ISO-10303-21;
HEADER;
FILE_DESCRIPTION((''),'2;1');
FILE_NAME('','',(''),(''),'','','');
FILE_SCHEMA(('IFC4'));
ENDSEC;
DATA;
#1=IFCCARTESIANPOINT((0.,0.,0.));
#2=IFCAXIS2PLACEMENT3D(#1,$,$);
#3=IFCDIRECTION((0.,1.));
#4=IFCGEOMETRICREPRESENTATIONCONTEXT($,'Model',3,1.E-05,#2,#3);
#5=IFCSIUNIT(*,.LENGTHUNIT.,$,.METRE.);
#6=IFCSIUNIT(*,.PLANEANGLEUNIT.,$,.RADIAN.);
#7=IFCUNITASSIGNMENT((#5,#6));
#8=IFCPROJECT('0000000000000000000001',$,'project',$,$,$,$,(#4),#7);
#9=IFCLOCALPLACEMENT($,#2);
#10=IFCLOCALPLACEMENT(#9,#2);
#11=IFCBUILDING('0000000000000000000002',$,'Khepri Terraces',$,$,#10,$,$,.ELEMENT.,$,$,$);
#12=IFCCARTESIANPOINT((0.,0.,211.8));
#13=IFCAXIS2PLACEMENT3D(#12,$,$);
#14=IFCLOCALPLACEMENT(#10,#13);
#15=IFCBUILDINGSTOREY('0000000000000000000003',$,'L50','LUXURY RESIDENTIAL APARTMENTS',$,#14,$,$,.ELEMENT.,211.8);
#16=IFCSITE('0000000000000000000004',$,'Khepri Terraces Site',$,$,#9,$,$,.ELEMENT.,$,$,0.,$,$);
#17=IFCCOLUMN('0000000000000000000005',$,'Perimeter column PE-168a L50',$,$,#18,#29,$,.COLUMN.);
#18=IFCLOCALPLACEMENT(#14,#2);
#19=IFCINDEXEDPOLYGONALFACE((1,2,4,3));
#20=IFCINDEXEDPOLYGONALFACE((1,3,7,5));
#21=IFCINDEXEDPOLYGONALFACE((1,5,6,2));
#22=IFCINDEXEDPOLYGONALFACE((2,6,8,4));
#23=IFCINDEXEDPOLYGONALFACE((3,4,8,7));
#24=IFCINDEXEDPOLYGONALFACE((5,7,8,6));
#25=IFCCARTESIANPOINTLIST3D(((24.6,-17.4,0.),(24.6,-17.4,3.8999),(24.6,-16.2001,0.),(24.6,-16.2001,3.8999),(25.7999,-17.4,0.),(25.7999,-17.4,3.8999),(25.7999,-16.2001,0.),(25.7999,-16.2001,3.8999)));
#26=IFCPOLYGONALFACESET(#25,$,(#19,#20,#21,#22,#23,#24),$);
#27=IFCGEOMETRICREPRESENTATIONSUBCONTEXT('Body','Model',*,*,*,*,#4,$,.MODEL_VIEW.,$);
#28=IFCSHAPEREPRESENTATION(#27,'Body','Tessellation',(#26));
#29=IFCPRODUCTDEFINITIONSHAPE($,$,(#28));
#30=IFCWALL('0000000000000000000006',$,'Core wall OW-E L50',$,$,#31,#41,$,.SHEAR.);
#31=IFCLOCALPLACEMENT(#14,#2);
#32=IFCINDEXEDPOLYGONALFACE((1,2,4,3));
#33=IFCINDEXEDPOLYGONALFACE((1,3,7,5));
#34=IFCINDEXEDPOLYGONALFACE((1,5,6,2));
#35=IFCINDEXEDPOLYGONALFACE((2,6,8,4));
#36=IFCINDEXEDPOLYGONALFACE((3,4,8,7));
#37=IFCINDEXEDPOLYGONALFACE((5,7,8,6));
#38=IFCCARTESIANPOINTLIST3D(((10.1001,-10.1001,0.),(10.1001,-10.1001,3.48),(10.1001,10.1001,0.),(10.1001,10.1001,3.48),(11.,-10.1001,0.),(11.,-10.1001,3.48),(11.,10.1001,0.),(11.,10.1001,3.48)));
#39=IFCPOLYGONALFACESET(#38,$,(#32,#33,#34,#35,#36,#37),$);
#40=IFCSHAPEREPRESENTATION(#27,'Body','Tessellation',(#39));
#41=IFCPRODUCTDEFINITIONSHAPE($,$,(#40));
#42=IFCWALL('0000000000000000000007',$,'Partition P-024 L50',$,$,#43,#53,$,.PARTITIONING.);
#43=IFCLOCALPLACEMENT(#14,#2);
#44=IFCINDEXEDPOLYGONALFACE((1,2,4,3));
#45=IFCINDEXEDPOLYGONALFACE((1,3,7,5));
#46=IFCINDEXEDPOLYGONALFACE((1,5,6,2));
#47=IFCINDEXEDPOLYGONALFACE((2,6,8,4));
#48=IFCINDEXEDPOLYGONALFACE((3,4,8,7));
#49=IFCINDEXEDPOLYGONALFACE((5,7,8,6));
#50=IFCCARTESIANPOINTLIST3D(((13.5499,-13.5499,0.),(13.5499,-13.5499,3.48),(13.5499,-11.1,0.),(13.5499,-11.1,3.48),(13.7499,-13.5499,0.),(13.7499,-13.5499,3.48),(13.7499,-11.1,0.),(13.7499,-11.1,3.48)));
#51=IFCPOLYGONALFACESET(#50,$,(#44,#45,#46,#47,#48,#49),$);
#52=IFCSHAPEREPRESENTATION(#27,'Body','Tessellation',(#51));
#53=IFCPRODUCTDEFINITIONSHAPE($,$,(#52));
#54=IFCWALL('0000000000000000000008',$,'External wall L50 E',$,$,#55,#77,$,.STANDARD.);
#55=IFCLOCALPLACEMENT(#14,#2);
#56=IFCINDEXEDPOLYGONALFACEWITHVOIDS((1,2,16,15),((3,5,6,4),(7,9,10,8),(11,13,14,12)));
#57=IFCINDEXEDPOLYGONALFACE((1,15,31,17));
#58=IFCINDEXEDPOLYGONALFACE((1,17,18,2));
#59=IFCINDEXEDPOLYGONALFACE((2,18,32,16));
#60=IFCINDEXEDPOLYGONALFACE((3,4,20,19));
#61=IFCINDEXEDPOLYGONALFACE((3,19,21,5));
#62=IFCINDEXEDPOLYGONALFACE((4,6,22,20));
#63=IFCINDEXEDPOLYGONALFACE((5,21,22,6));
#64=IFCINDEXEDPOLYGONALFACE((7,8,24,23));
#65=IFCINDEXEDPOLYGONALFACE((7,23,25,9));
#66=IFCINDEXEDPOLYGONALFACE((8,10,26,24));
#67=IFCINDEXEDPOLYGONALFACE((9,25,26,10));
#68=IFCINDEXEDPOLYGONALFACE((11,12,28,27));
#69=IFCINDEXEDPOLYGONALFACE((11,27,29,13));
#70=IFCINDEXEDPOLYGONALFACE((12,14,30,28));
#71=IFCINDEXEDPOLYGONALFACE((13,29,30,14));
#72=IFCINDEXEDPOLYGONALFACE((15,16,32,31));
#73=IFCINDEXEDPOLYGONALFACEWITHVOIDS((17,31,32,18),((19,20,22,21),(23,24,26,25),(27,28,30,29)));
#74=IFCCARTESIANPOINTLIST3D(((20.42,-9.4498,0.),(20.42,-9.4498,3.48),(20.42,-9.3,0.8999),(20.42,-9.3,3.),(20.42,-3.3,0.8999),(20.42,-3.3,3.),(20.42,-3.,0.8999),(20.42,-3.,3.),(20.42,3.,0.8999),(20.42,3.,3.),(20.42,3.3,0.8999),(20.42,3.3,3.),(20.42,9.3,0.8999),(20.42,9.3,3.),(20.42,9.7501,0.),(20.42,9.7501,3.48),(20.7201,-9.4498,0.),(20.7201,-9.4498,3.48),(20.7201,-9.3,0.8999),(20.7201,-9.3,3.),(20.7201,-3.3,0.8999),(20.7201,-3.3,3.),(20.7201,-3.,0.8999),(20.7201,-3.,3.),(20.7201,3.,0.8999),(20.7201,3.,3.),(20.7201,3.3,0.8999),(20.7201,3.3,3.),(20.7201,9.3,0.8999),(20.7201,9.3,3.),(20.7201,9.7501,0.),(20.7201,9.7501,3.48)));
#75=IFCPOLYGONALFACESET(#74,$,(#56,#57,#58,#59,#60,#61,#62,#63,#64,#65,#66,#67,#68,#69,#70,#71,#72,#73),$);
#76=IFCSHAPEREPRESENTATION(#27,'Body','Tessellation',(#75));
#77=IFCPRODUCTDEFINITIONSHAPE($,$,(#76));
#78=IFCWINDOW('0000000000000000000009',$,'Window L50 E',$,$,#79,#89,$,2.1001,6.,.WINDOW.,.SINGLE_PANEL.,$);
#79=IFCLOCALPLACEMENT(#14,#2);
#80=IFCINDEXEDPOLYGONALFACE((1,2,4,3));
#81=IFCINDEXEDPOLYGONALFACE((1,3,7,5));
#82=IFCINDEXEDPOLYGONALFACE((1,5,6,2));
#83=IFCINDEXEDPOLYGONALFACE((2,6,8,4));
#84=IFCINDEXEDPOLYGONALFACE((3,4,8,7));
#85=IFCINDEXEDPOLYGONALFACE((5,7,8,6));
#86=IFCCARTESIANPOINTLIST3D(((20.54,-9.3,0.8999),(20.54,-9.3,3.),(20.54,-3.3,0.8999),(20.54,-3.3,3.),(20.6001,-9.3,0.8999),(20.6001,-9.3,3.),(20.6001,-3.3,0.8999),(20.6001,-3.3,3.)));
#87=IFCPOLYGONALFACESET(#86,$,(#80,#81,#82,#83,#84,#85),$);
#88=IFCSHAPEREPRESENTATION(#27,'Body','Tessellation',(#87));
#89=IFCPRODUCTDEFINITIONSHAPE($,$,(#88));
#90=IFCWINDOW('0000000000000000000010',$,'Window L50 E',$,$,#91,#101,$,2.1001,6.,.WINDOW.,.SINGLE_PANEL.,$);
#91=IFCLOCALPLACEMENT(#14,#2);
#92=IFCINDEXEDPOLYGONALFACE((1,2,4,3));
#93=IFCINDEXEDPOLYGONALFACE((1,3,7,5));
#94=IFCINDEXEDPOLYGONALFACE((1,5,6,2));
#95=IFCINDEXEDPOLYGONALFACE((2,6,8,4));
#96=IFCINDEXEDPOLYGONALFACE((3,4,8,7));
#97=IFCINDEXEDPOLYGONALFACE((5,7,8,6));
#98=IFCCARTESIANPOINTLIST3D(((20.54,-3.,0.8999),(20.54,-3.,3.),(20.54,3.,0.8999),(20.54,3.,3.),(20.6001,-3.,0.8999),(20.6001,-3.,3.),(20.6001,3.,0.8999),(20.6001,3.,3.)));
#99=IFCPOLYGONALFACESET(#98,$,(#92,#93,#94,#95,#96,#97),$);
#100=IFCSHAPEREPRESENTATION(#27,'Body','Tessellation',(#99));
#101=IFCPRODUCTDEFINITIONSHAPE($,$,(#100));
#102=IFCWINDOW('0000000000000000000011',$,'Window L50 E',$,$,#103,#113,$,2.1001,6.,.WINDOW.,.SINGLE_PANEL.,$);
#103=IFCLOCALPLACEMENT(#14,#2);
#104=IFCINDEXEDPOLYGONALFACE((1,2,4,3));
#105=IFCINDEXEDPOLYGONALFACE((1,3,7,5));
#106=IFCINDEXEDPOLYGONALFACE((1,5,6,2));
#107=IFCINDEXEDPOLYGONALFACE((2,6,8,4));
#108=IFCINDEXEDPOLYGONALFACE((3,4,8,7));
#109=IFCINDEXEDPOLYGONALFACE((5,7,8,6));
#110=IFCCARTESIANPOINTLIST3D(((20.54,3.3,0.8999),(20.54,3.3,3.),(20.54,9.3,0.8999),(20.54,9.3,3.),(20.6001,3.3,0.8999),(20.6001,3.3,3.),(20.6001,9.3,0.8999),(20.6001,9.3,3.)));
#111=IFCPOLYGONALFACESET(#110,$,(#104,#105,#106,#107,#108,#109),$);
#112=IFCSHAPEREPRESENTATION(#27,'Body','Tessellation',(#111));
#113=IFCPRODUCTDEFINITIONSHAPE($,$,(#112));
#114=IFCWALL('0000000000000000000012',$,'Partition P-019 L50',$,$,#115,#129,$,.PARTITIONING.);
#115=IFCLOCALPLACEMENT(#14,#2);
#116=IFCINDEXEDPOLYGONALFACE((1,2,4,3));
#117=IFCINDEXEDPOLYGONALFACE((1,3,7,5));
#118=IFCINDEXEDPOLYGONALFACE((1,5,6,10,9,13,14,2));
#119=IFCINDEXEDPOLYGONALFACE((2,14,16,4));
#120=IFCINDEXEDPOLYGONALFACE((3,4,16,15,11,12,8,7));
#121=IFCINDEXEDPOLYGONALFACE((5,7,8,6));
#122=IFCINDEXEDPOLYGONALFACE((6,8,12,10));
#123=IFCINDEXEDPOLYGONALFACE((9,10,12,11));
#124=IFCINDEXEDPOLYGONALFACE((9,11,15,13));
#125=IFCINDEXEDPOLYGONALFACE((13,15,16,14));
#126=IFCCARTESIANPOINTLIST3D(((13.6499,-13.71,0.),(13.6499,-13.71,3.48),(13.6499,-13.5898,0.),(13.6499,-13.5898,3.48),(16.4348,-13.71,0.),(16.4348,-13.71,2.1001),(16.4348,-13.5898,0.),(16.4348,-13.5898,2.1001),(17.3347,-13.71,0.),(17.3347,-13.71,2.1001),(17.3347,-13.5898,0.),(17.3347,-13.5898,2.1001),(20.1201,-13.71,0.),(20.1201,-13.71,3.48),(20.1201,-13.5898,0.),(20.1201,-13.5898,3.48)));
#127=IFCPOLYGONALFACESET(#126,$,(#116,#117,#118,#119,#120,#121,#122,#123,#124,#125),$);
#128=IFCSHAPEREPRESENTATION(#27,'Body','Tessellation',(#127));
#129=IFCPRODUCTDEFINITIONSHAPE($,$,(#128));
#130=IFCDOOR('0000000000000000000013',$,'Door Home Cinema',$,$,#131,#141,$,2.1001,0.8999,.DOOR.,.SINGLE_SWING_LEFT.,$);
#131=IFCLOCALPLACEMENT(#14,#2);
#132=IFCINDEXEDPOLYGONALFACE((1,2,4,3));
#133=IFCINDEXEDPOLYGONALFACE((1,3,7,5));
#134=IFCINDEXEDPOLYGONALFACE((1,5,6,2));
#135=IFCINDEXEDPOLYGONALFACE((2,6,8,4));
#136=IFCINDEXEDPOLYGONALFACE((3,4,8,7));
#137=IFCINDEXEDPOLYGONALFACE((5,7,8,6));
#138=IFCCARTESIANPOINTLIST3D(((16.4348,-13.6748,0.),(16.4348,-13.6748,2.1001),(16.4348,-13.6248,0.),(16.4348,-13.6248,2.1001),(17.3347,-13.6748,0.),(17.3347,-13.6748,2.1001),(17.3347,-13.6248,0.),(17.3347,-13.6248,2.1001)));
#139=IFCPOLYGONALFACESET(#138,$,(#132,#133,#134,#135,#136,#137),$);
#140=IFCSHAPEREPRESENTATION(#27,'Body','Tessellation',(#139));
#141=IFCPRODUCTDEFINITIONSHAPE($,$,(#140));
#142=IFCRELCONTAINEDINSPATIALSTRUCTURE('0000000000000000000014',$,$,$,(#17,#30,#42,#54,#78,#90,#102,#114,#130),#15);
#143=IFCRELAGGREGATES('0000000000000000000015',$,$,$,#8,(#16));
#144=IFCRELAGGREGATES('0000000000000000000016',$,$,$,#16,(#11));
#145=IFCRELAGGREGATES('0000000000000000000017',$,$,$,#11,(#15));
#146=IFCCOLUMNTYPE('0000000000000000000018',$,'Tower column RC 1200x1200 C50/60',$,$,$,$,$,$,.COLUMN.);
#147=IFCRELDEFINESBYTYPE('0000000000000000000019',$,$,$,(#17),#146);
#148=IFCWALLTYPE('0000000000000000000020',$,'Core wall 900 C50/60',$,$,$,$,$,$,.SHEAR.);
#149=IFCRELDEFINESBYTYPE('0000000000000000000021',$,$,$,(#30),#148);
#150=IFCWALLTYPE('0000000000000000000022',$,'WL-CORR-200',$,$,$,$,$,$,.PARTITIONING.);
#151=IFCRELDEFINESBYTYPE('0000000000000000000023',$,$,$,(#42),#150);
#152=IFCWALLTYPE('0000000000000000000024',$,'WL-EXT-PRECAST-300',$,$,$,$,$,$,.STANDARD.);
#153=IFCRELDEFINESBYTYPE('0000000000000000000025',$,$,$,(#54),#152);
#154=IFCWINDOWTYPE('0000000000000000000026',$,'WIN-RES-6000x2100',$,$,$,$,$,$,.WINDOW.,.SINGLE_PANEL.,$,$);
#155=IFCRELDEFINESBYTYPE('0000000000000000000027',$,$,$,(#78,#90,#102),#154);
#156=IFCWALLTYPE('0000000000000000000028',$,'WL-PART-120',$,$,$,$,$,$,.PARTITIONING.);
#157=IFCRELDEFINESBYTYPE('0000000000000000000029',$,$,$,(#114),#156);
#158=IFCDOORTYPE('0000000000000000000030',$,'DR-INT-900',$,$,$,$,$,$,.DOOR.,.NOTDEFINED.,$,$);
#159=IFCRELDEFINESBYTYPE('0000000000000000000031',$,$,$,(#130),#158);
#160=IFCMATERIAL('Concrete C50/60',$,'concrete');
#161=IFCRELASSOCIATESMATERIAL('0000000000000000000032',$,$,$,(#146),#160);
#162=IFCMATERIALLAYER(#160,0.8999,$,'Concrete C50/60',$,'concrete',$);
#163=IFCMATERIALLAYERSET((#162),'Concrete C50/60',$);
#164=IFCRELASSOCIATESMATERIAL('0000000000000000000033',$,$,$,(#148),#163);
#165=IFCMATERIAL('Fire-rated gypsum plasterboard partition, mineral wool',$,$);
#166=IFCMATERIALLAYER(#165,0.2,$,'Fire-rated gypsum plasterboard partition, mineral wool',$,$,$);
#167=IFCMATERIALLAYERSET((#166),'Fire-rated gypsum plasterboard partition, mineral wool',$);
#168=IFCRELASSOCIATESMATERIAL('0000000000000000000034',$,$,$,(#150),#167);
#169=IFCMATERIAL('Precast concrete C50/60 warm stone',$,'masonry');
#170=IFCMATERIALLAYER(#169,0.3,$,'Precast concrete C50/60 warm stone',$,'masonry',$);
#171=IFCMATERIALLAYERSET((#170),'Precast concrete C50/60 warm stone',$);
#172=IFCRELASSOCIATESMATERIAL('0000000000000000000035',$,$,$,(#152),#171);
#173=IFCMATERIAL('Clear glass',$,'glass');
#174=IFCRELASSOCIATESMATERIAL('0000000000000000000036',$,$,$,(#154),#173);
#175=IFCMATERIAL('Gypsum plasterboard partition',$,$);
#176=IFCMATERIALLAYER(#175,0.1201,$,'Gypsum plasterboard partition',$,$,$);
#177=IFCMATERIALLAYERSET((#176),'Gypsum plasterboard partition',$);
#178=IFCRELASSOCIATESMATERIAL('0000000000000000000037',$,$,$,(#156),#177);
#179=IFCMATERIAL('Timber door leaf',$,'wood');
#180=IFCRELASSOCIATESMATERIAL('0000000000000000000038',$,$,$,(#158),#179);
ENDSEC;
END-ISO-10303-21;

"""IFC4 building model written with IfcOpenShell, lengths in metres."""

from ifc_helpers import new_model, si_unit, direction, frame, frame_2d, origin, origin_2d, place, context, subcontext, project, spatial, rectangle, extrude, material, layer, layer_set, material_profile, profile_set, type_object, element, fill, save


model = new_model("IFC4")

# Units and contexts
model_context = context("Model", 3, precision=1e-05, world=origin(), true_north=direction((0.0, 1.0)))
body_context = subcontext(model_context, "Body", "Model", "MODEL_VIEW")
ifc_project = project(units=[si_unit("LENGTHUNIT", "METRE"), si_unit("PLANEANGLEUNIT", "RADIAN")], contexts=[model_context])

# Site, building, storey
site_placement = place(None, origin())
site = spatial("IfcSite", under=ifc_project, at=site_placement, Name="Khepri Terraces Site", CompositionType="ELEMENT", RefElevation=0.0)
building_placement = place(site_placement, origin())
building = spatial("IfcBuilding", under=site, at=building_placement, Name="Khepri Terraces", CompositionType="ELEMENT")
storey_placement = place(building_placement, frame((0.0, 0.0, 211.8)))
storey = spatial("IfcBuildingStorey", under=building, at=storey_placement, Name="L50", Description="LUXURY RESIDENTIAL APARTMENTS", CompositionType="ELEMENT", Elevation=211.8)

# Column
ifc_material_1 = material(Name="Concrete C50/60", Category="concrete")
ifc_material_profile = material_profile(ifc_material_1, rectangle(XDim=1.2, YDim=1.2, at=origin_2d()), Name="Concrete C50/60", Category="concrete")
ifc_profile_set = profile_set([ifc_material_profile], Name="Concrete C50/60")
column_type = type_object("IfcColumnType", Name="Tower column RC 1200x1200 C50/60", PredefinedType="COLUMN", material=ifc_profile_set)
column_placement = place(storey_placement, frame((25.2, -16.8, 0.0), z_axis=(0.0, 0.0, 1.0), x_axis=(1.0, 0.0, 0.0)))
element("IfcColumn", 1, at=column_placement, inside=storey, type_object=column_type, Name="Perimeter column PE-168a L50", PredefinedType="COLUMN", context=body_context, shape_type="SweptSolid", body=[
    extrude(rectangle(XDim=1.2, YDim=1.2, at=origin_2d()), origin(), (0.0, 0.0, 1.0), 3.8999),
])

# Walls
ifc_layer_1 = layer(ifc_material_1, 0.8999, Name="Concrete C50/60", Category="concrete")
ifc_layer_set_1 = layer_set([ifc_layer_1], Name="Concrete C50/60")
wall_type_1 = type_object("IfcWallType", Name="Core wall 900 C50/60", PredefinedType="SHEAR", material=ifc_layer_set_1)
wall_1_placement = place(storey_placement, frame((10.55, -10.1001, 0.0), z_axis=(0.0, 0.0, 1.0), x_axis=(0.0, 1.0, 0.0)))
element("IfcWall", 2, at=wall_1_placement, inside=storey, type_object=wall_type_1, Name="Core wall OW-E L50", PredefinedType="SHEAR", context=body_context, shape_type="SweptSolid", body=[
    extrude(rectangle(XDim=20.2002, YDim=0.8999, at=frame_2d((10.1001, 0.0))), origin(), (0.0, 0.0, 1.0), 3.48),
])
ifc_material_2 = material(Name="Fire-rated gypsum plasterboard partition, mineral wool")
ifc_layer_2 = layer(ifc_material_2, 0.2, Name="Fire-rated gypsum plasterboard partition, mineral wool")
ifc_layer_set_2 = layer_set([ifc_layer_2], Name="Fire-rated gypsum plasterboard partition, mineral wool")
wall_type_2 = type_object("IfcWallType", Name="WL-CORR-200", PredefinedType="PARTITIONING", material=ifc_layer_set_2)
wall_2_placement = place(storey_placement, frame((13.6499, -13.55, 0.0), z_axis=(0.0, 0.0, 1.0), x_axis=(0.0, 1.0, 0.0)))
element("IfcWall", 3, at=wall_2_placement, inside=storey, type_object=wall_type_2, Name="Partition P-024 L50", PredefinedType="PARTITIONING", context=body_context, shape_type="SweptSolid", body=[
    extrude(rectangle(XDim=2.45, YDim=0.2, at=frame_2d((1.2251, 0.0))), origin(), (0.0, 0.0, 1.0), 3.48),
])

# Shared definitions
ifc_material_3 = material(Name="Precast concrete C50/60 warm stone", Category="masonry")
ifc_layer_3 = layer(ifc_material_3, 0.3, Name="Precast concrete C50/60 warm stone", Category="masonry")
ifc_layer_set_3 = layer_set([ifc_layer_3], Name="Precast concrete C50/60 warm stone")
wall_type_3 = type_object("IfcWallType", Name="WL-EXT-PRECAST-300", PredefinedType="STANDARD", material=ifc_layer_set_3)
ifc_material_4 = material(Name="Clear glass", Category="glass")

# Wall, openings, windows
wall_3_placement = place(storey_placement, frame((20.5701, -9.45, 0.0), z_axis=(0.0, 0.0, 1.0), x_axis=(0.0, 1.0, 0.0)))
wall_3 = element("IfcWall", 4, at=wall_3_placement, inside=storey, type_object=wall_type_3, Name="External wall L50 E", PredefinedType="STANDARD", context=body_context, shape_type="SweptSolid", body=[
    extrude(rectangle(XDim=19.2, YDim=0.3, at=frame_2d((9.6001, 0.0))), origin(), (0.0, 0.0, 1.0), 3.48),
])
opening_1_placement = place(wall_3_placement, frame((0.1499, 0.0, 0.8999)))
opening_1 = element("IfcOpeningElement", 5, at=opening_1_placement, cuts=wall_3, PredefinedType="OPENING", context=body_context, shape_type="SweptSolid", body=[
    extrude(rectangle(XDim=6.0, YDim=2.1001, at=frame_2d((3.0, 1.05))), frame((0.0, 0.1602, 0.0), z_axis=(0.0, -1.0, 0.0), x_axis=(1.0, 0.0, 0.0)), (0.0, 0.0, 1.0), 0.3201),
])
opening_2_placement = place(wall_3_placement, frame((6.45, 0.0, 0.8999)))
opening_2 = element("IfcOpeningElement", 6, at=opening_2_placement, cuts=wall_3, PredefinedType="OPENING", context=body_context, shape_type="SweptSolid", body=[
    extrude(rectangle(XDim=6.0, YDim=2.1001, at=frame_2d((3.0, 1.05))), frame((0.0, 0.1602, 0.0), z_axis=(0.0, -1.0, 0.0), x_axis=(1.0, 0.0, 0.0)), (0.0, 0.0, 1.0), 0.3201),
])
opening_3_placement = place(wall_3_placement, frame((12.75, 0.0, 0.8999)))
opening_3 = element("IfcOpeningElement", 7, at=opening_3_placement, cuts=wall_3, PredefinedType="OPENING", context=body_context, shape_type="SweptSolid", body=[
    extrude(rectangle(XDim=6.0, YDim=2.1001, at=frame_2d((3.0, 1.05))), frame((0.0, 0.1602, 0.0), z_axis=(0.0, -1.0, 0.0), x_axis=(1.0, 0.0, 0.0)), (0.0, 0.0, 1.0), 0.3201),
])
window_type_1 = type_object("IfcWindowType", Name="WIN-RES-6000x2100", PartitioningType="SINGLE_PANEL", PredefinedType="WINDOW", material=ifc_material_4)
window_1_placement = place(opening_1_placement, origin())
window_1 = element("IfcWindow", 8, at=window_1_placement, inside=storey, type_object=window_type_1, Name="Window L50 E", OverallHeight=2.1001, OverallWidth=6.0, PartitioningType="SINGLE_PANEL", PredefinedType="WINDOW", context=body_context, shape_type="SweptSolid", body=[
    extrude(rectangle(XDim=6.0, YDim=2.1001, at=frame_2d((3.0, 1.05))), frame((0.0, 0.03, 0.0), z_axis=(0.0, -1.0, 0.0), x_axis=(1.0, 0.0, 0.0)), (0.0, 0.0, 1.0), 0.0601),
])
fill(opening_1, window_1)
window_2_placement = place(opening_2_placement, origin())
window_2 = element("IfcWindow", 9, at=window_2_placement, inside=storey, type_object=window_type_1, Name="Window L50 E", OverallHeight=2.1001, OverallWidth=6.0, PartitioningType="SINGLE_PANEL", PredefinedType="WINDOW", context=body_context, shape_type="SweptSolid", body=[
    extrude(rectangle(XDim=6.0, YDim=2.1001, at=frame_2d((3.0, 1.05))), frame((0.0, 0.03, 0.0), z_axis=(0.0, -1.0, 0.0), x_axis=(1.0, 0.0, 0.0)), (0.0, 0.0, 1.0), 0.0601),
])
fill(opening_2, window_2)
window_3_placement = place(opening_3_placement, origin())
window_3 = element("IfcWindow", 10, at=window_3_placement, inside=storey, type_object=window_type_1, Name="Window L50 E", OverallHeight=2.1001, OverallWidth=6.0, PartitioningType="SINGLE_PANEL", PredefinedType="WINDOW", context=body_context, shape_type="SweptSolid", body=[
    extrude(rectangle(XDim=6.0, YDim=2.1001, at=frame_2d((3.0, 1.05))), frame((0.0, 0.03, 0.0), z_axis=(0.0, -1.0, 0.0), x_axis=(1.0, 0.0, 0.0)), (0.0, 0.0, 1.0), 0.0601),
])
fill(opening_3, window_3)

# Wall, opening, door
ifc_material_5 = material(Name="Gypsum plasterboard partition")
ifc_layer_4 = layer(ifc_material_5, 0.1201, Name="Gypsum plasterboard partition")
ifc_layer_set_4 = layer_set([ifc_layer_4], Name="Gypsum plasterboard partition")
wall_type_4 = type_object("IfcWallType", Name="WL-PART-120", PredefinedType="PARTITIONING", material=ifc_layer_set_4)
wall_4_placement = place(storey_placement, frame((13.6499, -13.6499, 0.0), z_axis=(0.0, 0.0, 1.0), x_axis=(1.0, 0.0, 0.0)))
wall_4 = element("IfcWall", 11, at=wall_4_placement, inside=storey, type_object=wall_type_4, Name="Partition P-019 L50", PredefinedType="PARTITIONING", context=body_context, shape_type="SweptSolid", body=[
    extrude(rectangle(XDim=6.4702, YDim=0.1201, at=frame_2d((3.2351, 0.0))), origin(), (0.0, 0.0, 1.0), 3.48),
])
opening_4_placement = place(wall_4_placement, frame((2.7849, 0.0, 0.0)))
opening_4 = element("IfcOpeningElement", 12, at=opening_4_placement, cuts=wall_4, PredefinedType="OPENING", context=body_context, shape_type="SweptSolid", body=[
    extrude(rectangle(XDim=0.8999, YDim=2.1001, at=frame_2d((0.45, 1.05))), frame((0.0, 0.0701, 0.0), z_axis=(0.0, -1.0, 0.0), x_axis=(1.0, 0.0, 0.0)), (0.0, 0.0, 1.0), 0.1401),
])
ifc_material_6 = material(Name="Timber door leaf", Category="wood")
door_type_1 = type_object("IfcDoorType", Name="DR-INT-900", OperationType="NOTDEFINED", PredefinedType="DOOR", material=ifc_material_6)
door_1_placement = place(opening_4_placement, frame((0.8999, 0.0, 0.0), z_axis=(0.0, 0.0, 1.0), x_axis=(-1.0, 0.0, 0.0)))
door_1 = element("IfcDoor", 13, at=door_1_placement, inside=storey, type_object=door_type_1, Name="Door Home Cinema", OperationType="SINGLE_SWING_LEFT", OverallHeight=2.1001, OverallWidth=0.8999, PredefinedType="DOOR", context=body_context, shape_type="SweptSolid", body=[
    extrude(rectangle(XDim=0.8999, YDim=2.1001, at=frame_2d((0.45, 1.05))), frame((0.0, 0.0249, 0.0), z_axis=(0.0, -1.0, 0.0), x_axis=(1.0, 0.0, 0.0)), (0.0, 0.0, 1.0), 0.05),
])
fill(opening_4, door_1)

save(model, "model.ifc")
